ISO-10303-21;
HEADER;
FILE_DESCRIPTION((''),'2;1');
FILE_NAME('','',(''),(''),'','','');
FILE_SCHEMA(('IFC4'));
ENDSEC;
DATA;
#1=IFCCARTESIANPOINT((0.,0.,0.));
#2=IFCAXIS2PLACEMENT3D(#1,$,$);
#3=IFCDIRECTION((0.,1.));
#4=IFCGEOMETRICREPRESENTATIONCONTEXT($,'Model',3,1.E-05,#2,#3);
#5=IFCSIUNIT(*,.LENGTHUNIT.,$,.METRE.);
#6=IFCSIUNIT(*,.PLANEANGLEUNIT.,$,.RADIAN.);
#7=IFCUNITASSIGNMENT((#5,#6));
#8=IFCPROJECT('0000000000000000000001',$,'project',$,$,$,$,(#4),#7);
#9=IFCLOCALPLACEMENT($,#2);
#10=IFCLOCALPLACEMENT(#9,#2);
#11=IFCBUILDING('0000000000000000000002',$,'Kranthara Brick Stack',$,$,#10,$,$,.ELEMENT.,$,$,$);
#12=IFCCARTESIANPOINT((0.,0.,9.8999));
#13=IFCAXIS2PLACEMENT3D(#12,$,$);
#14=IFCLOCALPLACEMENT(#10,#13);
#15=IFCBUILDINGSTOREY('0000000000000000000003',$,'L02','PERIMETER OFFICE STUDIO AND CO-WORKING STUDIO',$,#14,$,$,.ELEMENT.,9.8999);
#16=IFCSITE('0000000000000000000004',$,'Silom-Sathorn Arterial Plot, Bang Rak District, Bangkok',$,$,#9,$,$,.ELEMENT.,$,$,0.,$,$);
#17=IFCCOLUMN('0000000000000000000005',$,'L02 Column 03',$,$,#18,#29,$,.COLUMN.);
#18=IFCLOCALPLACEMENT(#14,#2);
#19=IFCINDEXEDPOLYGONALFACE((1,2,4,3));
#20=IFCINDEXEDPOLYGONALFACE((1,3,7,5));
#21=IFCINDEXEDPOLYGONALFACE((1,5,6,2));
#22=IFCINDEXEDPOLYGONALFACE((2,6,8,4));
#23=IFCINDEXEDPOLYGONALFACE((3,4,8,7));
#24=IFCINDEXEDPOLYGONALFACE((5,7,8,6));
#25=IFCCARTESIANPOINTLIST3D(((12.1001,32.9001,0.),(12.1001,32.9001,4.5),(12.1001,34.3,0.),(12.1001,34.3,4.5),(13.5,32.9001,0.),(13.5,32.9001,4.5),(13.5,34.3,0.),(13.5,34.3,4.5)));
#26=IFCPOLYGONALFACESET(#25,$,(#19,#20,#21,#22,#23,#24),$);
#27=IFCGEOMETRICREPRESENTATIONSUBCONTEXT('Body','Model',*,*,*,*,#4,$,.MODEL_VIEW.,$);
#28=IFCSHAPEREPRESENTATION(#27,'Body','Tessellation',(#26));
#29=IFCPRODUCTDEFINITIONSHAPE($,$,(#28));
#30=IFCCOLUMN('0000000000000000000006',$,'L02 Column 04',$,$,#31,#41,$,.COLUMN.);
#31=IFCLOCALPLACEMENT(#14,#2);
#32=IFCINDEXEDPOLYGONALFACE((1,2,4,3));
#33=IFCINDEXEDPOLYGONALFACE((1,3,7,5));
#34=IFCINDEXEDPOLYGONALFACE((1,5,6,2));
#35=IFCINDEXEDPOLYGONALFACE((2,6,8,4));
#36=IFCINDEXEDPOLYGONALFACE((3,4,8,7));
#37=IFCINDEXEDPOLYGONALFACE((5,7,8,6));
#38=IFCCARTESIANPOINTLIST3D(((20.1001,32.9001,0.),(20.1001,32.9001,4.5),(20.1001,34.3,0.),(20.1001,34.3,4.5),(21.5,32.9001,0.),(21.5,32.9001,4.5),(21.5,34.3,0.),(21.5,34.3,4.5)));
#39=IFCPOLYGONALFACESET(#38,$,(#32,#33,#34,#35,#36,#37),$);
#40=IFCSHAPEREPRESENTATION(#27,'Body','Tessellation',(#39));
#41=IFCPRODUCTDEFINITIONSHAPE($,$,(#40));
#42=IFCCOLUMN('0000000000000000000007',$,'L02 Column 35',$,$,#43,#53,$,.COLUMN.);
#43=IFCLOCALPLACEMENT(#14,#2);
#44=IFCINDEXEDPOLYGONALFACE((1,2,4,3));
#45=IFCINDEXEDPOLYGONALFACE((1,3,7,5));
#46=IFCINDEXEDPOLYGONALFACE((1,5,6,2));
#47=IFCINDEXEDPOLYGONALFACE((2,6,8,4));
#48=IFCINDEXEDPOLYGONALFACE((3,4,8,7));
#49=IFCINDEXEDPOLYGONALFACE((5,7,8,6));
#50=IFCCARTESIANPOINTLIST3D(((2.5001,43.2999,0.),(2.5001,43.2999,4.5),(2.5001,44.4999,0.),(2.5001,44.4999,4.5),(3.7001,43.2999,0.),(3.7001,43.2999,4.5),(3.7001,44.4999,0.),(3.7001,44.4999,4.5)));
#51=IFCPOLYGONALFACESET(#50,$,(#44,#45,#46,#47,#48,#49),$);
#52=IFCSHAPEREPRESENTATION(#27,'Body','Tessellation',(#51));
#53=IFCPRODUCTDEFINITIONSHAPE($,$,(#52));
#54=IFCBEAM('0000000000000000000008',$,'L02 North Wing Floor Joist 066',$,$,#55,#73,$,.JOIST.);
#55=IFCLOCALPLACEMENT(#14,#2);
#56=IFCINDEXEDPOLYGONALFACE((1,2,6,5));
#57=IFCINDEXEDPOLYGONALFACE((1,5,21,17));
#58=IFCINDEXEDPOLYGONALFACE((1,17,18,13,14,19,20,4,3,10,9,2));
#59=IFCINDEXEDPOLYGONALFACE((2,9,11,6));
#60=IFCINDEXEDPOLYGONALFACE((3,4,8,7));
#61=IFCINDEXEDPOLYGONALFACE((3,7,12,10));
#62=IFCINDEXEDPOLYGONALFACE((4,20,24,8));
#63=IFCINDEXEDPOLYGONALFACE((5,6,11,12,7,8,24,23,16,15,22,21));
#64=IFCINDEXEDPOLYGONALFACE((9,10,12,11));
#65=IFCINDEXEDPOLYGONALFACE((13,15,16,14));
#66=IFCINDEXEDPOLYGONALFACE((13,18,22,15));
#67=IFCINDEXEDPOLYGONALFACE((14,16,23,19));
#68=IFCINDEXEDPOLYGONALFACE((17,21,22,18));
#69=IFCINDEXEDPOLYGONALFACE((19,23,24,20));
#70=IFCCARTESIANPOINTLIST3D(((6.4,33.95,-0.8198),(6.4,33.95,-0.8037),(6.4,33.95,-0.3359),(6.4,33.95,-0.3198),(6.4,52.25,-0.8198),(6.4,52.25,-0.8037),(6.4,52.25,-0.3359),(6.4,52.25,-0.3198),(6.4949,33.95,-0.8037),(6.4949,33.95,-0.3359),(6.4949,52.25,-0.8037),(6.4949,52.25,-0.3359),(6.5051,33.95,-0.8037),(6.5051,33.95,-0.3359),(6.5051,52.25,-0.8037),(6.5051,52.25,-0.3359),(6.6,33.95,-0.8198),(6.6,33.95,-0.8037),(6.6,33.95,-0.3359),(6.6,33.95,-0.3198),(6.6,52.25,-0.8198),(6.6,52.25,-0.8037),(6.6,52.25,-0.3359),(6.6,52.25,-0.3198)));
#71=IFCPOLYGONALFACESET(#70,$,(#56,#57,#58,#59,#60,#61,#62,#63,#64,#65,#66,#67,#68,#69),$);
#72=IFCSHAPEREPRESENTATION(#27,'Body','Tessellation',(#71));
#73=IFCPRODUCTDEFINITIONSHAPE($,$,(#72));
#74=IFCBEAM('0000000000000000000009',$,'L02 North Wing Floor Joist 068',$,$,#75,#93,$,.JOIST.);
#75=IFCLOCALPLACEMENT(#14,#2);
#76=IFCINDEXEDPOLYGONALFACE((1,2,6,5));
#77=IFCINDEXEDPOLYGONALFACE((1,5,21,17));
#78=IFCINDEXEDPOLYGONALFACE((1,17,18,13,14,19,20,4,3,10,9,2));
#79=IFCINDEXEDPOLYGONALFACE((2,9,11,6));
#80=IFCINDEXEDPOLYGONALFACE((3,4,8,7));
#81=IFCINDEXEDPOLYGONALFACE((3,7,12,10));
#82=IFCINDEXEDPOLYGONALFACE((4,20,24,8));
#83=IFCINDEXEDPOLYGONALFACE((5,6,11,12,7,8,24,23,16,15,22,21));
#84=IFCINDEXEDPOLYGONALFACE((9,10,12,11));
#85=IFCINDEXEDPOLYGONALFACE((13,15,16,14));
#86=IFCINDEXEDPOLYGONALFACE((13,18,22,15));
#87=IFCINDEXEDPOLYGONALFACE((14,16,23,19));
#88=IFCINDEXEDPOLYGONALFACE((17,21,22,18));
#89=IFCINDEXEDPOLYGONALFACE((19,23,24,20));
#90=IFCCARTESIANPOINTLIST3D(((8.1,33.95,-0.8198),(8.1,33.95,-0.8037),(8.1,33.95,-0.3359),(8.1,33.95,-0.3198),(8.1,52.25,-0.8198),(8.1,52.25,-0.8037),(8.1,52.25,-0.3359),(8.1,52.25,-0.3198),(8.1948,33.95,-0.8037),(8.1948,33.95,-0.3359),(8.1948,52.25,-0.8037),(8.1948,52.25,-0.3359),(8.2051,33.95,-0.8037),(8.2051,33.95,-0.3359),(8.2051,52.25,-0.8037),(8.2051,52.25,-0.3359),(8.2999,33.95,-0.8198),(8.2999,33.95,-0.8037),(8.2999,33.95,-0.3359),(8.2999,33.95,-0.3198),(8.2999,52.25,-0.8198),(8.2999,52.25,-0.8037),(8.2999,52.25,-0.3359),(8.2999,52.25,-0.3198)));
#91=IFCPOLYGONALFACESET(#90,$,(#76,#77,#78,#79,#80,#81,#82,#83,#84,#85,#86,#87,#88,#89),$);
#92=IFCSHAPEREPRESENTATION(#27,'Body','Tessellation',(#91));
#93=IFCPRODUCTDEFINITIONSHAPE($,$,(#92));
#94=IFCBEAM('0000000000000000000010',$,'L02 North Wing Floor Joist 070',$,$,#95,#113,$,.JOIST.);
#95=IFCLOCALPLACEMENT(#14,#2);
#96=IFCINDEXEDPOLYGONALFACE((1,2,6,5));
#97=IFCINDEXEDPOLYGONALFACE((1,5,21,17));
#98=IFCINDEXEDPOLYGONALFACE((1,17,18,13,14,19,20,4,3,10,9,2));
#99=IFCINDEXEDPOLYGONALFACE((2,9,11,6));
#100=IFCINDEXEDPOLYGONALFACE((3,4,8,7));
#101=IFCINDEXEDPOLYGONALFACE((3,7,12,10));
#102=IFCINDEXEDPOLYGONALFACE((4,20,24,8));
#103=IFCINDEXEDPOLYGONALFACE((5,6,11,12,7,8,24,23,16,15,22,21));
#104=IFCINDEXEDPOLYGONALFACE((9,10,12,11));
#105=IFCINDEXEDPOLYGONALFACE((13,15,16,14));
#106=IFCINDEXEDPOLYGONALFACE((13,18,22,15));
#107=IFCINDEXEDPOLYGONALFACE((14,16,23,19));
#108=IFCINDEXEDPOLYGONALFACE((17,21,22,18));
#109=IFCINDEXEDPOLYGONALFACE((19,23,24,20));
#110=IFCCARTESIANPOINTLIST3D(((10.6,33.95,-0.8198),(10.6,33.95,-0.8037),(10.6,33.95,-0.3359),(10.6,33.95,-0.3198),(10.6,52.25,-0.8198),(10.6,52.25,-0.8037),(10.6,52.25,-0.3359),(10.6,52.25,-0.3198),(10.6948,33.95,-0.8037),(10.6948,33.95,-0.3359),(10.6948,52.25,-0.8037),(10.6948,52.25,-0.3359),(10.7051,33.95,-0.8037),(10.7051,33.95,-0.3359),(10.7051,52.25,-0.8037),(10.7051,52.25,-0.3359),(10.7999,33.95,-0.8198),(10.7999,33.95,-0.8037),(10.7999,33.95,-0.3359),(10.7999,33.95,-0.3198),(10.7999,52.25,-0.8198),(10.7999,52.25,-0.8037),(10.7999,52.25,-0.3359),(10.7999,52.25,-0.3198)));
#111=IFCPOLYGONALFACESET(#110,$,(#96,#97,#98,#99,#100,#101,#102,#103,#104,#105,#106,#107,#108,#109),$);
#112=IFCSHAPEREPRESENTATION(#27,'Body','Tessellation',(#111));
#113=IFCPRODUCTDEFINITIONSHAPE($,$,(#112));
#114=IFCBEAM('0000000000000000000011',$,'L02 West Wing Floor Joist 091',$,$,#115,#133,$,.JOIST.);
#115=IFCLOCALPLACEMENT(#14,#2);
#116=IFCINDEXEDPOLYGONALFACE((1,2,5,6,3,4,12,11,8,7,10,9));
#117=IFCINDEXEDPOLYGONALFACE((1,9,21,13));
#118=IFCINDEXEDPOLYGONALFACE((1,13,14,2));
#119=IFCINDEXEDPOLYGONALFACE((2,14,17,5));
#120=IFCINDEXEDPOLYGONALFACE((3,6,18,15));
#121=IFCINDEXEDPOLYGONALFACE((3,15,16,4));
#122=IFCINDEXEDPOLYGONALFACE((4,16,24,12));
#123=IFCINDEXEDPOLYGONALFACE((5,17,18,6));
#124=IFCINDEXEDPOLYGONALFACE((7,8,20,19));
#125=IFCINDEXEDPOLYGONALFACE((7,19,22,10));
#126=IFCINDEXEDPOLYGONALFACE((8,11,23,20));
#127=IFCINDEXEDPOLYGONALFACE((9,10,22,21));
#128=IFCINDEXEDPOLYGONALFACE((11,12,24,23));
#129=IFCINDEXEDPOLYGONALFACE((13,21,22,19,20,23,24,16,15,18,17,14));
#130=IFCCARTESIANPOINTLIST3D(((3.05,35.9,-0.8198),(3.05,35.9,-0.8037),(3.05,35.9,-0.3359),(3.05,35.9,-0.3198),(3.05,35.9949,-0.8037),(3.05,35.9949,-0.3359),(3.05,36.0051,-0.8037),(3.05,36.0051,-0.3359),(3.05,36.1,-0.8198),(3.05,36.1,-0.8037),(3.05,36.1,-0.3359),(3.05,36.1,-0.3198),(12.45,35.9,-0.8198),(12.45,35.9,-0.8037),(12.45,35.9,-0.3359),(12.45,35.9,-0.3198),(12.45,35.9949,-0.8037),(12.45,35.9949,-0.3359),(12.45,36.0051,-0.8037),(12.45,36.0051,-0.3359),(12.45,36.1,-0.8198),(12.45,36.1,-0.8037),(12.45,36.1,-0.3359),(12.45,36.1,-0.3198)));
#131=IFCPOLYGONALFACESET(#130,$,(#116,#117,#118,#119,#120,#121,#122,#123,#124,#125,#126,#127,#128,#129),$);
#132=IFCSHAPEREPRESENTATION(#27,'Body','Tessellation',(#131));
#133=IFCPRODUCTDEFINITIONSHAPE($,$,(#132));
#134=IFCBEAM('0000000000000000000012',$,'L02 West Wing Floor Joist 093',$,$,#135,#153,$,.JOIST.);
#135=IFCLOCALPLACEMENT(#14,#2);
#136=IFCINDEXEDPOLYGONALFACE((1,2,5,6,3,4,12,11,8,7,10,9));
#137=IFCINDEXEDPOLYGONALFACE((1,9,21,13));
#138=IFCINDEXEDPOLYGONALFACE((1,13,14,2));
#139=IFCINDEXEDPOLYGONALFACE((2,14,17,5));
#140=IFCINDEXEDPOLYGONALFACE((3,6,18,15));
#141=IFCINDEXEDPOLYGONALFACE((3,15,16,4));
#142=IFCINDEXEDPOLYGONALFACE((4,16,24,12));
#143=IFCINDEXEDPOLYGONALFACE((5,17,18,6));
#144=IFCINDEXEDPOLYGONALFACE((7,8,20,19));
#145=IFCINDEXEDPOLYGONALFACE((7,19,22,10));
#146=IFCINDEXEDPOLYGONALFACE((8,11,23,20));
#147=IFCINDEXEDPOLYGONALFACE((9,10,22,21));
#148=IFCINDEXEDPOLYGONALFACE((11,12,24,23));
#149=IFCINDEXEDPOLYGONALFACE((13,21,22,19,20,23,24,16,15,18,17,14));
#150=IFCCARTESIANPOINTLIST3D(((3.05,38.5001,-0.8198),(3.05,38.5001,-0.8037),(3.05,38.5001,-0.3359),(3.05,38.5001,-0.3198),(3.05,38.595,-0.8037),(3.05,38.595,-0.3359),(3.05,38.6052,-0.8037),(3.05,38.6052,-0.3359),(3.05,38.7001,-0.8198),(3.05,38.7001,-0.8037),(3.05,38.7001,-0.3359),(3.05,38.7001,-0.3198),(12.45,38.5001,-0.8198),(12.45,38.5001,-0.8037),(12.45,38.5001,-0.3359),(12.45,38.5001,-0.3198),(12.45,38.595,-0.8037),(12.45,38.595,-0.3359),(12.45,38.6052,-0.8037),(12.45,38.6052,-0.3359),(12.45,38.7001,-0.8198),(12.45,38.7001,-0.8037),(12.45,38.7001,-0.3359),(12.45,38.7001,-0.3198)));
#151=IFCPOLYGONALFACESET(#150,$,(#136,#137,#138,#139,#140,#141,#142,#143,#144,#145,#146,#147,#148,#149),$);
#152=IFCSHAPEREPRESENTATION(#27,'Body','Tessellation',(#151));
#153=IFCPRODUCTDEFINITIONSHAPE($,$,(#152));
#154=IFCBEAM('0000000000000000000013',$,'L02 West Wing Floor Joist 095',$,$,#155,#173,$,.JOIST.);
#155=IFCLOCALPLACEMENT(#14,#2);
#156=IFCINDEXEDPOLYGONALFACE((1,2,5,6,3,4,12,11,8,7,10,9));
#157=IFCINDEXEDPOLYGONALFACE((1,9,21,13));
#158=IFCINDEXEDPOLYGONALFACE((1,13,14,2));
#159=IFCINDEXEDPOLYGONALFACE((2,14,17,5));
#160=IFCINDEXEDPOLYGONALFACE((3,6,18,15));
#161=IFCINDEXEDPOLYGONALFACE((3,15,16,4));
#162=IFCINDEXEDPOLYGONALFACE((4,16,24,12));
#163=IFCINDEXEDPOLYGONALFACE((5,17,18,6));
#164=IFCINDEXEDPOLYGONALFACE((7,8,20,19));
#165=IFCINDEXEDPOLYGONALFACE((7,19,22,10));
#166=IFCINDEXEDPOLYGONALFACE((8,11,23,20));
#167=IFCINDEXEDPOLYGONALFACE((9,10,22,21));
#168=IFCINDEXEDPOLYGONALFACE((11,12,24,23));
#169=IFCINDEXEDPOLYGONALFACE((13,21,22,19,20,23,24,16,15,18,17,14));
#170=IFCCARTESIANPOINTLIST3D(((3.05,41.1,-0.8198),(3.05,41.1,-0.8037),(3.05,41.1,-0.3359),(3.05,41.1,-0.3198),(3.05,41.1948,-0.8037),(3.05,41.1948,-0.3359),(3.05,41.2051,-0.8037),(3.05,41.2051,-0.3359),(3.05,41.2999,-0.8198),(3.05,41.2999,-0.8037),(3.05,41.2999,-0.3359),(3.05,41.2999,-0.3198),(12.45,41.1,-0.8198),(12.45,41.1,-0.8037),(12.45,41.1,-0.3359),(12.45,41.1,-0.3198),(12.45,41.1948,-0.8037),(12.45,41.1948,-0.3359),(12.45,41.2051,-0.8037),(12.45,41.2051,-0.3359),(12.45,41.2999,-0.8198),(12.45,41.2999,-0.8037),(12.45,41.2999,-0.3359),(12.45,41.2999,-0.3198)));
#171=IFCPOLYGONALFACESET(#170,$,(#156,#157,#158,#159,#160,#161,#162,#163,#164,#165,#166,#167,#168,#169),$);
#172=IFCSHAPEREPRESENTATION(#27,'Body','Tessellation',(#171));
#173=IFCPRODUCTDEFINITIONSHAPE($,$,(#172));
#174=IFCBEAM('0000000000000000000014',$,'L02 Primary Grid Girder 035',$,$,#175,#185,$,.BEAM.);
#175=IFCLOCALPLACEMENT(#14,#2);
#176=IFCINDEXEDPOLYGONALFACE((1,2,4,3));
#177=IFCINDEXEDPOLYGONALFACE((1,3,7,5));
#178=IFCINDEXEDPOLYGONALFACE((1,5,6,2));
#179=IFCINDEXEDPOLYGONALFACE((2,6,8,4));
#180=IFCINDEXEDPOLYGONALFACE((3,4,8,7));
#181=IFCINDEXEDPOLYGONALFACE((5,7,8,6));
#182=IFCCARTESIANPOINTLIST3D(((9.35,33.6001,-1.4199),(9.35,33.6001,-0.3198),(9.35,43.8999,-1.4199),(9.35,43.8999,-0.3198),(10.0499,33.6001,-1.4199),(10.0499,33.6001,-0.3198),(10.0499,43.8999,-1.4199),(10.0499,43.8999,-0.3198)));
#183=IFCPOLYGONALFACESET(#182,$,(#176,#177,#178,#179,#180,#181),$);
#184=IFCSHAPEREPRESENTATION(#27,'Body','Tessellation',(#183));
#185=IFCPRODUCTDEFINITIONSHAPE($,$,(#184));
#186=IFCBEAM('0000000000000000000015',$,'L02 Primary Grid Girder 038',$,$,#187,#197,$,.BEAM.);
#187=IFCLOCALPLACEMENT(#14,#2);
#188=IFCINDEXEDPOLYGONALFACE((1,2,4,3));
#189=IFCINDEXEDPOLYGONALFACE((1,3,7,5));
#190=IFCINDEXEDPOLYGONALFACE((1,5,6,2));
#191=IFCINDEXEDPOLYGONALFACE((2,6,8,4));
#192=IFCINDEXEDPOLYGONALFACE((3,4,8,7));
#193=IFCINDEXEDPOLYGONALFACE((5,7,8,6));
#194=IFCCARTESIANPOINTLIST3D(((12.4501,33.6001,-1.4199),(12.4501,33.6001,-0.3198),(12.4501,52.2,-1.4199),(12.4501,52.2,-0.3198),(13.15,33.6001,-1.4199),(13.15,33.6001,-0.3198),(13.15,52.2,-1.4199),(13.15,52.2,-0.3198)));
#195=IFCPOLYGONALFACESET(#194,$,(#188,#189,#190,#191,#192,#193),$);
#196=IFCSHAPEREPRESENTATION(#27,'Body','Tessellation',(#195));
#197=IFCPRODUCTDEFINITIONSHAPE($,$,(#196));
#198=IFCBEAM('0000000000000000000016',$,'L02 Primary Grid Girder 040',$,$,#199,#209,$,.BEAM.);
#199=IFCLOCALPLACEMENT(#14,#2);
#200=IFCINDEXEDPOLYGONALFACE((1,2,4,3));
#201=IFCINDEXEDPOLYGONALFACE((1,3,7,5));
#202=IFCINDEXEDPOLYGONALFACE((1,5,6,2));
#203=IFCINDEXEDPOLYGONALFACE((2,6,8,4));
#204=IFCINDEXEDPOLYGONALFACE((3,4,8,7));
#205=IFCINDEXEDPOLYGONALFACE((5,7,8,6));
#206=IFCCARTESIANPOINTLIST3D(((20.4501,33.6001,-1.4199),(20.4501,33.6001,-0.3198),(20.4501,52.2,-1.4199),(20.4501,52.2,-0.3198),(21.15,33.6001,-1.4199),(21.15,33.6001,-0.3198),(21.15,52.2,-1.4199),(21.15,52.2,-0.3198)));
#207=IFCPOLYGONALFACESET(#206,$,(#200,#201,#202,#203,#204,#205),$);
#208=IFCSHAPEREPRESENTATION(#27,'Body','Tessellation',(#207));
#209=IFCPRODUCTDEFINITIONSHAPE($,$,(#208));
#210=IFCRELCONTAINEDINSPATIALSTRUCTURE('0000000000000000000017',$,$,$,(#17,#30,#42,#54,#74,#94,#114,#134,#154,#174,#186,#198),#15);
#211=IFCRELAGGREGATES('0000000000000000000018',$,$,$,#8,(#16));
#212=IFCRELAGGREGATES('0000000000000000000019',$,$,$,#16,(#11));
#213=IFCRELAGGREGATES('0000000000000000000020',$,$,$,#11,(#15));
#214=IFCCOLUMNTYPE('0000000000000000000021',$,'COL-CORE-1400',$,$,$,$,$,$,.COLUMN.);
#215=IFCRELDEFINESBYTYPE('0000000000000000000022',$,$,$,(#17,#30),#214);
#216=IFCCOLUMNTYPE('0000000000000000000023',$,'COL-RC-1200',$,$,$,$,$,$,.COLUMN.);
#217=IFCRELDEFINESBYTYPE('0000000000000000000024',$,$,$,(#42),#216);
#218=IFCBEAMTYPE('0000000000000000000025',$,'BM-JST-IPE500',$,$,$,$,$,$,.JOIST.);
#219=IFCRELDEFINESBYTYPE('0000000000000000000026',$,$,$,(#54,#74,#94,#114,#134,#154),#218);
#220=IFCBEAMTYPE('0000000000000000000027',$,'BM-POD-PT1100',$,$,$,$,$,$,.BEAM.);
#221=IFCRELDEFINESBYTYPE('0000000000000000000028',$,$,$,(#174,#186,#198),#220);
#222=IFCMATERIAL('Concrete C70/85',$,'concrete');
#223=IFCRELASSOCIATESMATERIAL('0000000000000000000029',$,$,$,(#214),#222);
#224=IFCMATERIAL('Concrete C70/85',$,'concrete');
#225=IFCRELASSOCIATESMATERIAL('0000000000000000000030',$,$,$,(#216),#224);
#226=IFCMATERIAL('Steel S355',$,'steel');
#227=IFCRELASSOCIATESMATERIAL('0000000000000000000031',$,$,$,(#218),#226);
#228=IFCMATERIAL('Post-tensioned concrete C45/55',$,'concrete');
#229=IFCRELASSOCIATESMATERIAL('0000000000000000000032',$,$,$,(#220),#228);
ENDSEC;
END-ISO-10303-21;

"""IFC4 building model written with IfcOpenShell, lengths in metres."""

from ifc_helpers import new_model, si_unit, direction, frame, origin, origin_2d, place, context, subcontext, project, spatial, rectangle, i_section, extrude, material, material_profile, profile_set, type_object, element, save


model = new_model("IFC4")

# Units and contexts
model_context = context("Model", 3, precision=1e-05, world=origin(), true_north=direction((0.0, 1.0)))
body_context = subcontext(model_context, "Body", "Model", "MODEL_VIEW")
ifc_project = project(units=[si_unit("LENGTHUNIT", "METRE"), si_unit("PLANEANGLEUNIT", "RADIAN")], contexts=[model_context])

# Site, building, storey
site_placement = place(None, origin())
site = spatial("IfcSite", under=ifc_project, at=site_placement, Name="Silom-Sathorn Arterial Plot, Bang Rak District, Bangkok", CompositionType="ELEMENT", RefElevation=0.0)
building_placement = place(site_placement, origin())
building = spatial("IfcBuilding", under=site, at=building_placement, Name="Kranthara Brick Stack", CompositionType="ELEMENT")
storey_placement = place(building_placement, frame((0.0, 0.0, 9.8999)))
storey = spatial("IfcBuildingStorey", under=building, at=storey_placement, Name="L02", Description="PERIMETER OFFICE STUDIO AND CO-WORKING STUDIO", CompositionType="ELEMENT", Elevation=9.8999)

# Columns
ifc_material_1 = material(Name="Concrete C70/85", Category="concrete")
ifc_material_profile_1 = material_profile(ifc_material_1, rectangle(XDim=1.3999, YDim=1.3999, at=origin_2d()), Name="RC 1400x1400")
ifc_profile_set_1 = profile_set([ifc_material_profile_1], Name="Concrete C70/85")
column_type_1 = type_object("IfcColumnType", Name="COL-CORE-1400", PredefinedType="COLUMN", material=ifc_profile_set_1)
for number, where, z_axis, x_axis, name in (
    (1, (12.8, 33.6001, 0.0), (0.0, 0.0, 1.0), (1.0, 0.0, 0.0), "L02 Column 03"),
    (2, (20.8, 33.6001, 0.0), (0.0, 0.0, 1.0), (1.0, 0.0, 0.0), "L02 Column 04"),
):
    element("IfcColumn", number, at=place(storey_placement, frame(where, z_axis=z_axis, x_axis=x_axis)), inside=storey, type_object=column_type_1, Name=name, PredefinedType="COLUMN", context=body_context, shape_type="SweptSolid", body=[
        extrude(rectangle(XDim=1.3999, YDim=1.3999, at=origin_2d()), origin(), (0.0, 0.0, 1.0), 4.5),
    ])
ifc_material_2 = material(Name="Concrete C70/85", Category="concrete")
ifc_material_profile_2 = material_profile(ifc_material_2, rectangle(XDim=1.2, YDim=1.2, at=origin_2d()), Name="RC 1200x1200")
ifc_profile_set_2 = profile_set([ifc_material_profile_2], Name="Concrete C70/85")
column_type_2 = type_object("IfcColumnType", Name="COL-RC-1200", PredefinedType="COLUMN", material=ifc_profile_set_2)
column_placement = place(storey_placement, frame((3.1001, 43.8999, 0.0), z_axis=(0.0, 0.0, 1.0), x_axis=(1.0, 0.0, 0.0)))
element("IfcColumn", 3, at=column_placement, inside=storey, type_object=column_type_2, Name="L02 Column 35", PredefinedType="COLUMN", context=body_context, shape_type="SweptSolid", body=[
    extrude(rectangle(XDim=1.2, YDim=1.2, at=origin_2d()), origin(), (0.0, 0.0, 1.0), 4.5),
])

# Beams
ifc_material_3 = material(Name="Steel S355", Category="steel")
ifc_material_profile_3 = material_profile(ifc_material_3, i_section(OverallWidth=0.2, OverallDepth=0.5, WebThickness=0.0103, FlangeThickness=0.0161, at=origin_2d()), Name="IPE 500")
ifc_profile_set_3 = profile_set([ifc_material_profile_3], Name="Steel S355")
beam_type_1 = type_object("IfcBeamType", Name="BM-JST-IPE500", PredefinedType="JOIST", material=ifc_profile_set_3)
for number, where, z_axis, x_axis, name in (
    (4, (6.5, 33.95, -0.5698), (0.0, 1.0, 0.0), (-1.0, 0.0, 0.0), "L02 North Wing Floor Joist 066"),
    (5, (8.2, 33.95, -0.5698), (0.0, 1.0, 0.0), (-1.0, 0.0, 0.0), "L02 North Wing Floor Joist 068"),
    (6, (10.7, 33.95, -0.5698), (0.0, 1.0, 0.0), (-1.0, 0.0, 0.0), "L02 North Wing Floor Joist 070"),
):
    element("IfcBeam", number, at=place(storey_placement, frame(where, z_axis=z_axis, x_axis=x_axis)), inside=storey, type_object=beam_type_1, Name=name, PredefinedType="JOIST", context=body_context, shape_type="SweptSolid", body=[
        extrude(i_section(OverallWidth=0.2, OverallDepth=0.5, WebThickness=0.0103, FlangeThickness=0.0161, at=origin_2d()), origin(), (0.0, 0.0, 1.0), 18.3),
    ])
for number, where, z_axis, x_axis, name in (
    (7, (3.05, 36.0, -0.5698), (1.0, 0.0, 0.0), (0.0, 1.0, 0.0), "L02 West Wing Floor Joist 091"),
    (8, (3.05, 38.6001, -0.5698), (1.0, 0.0, 0.0), (0.0, 1.0, 0.0), "L02 West Wing Floor Joist 093"),
    (9, (3.05, 41.2, -0.5698), (1.0, 0.0, 0.0), (0.0, 1.0, 0.0), "L02 West Wing Floor Joist 095"),
):
    element("IfcBeam", number, at=place(storey_placement, frame(where, z_axis=z_axis, x_axis=x_axis)), inside=storey, type_object=beam_type_1, Name=name, PredefinedType="JOIST", context=body_context, shape_type="SweptSolid", body=[
        extrude(i_section(OverallWidth=0.2, OverallDepth=0.5, WebThickness=0.0103, FlangeThickness=0.0161, at=origin_2d()), origin(), (0.0, 0.0, 1.0), 9.3999),
    ])
ifc_material_4 = material(Name="Post-tensioned concrete C45/55", Category="concrete")
ifc_material_profile_4 = material_profile(ifc_material_4, rectangle(XDim=0.7, YDim=1.1001, at=origin_2d()), Name="PT 700x1100")
ifc_profile_set_4 = profile_set([ifc_material_profile_4], Name="Post-tensioned concrete C45/55")
beam_type_2 = type_object("IfcBeamType", Name="BM-POD-PT1100", PredefinedType="BEAM", material=ifc_profile_set_4)
beam_1_placement = place(storey_placement, frame((9.7, 33.6001, -0.8699), z_axis=(0.0, 1.0, 0.0), x_axis=(-1.0, 0.0, 0.0)))
element("IfcBeam", 10, at=beam_1_placement, inside=storey, type_object=beam_type_2, Name="L02 Primary Grid Girder 035", PredefinedType="BEAM", context=body_context, shape_type="SweptSolid", body=[
    extrude(rectangle(XDim=0.7, YDim=1.1001, at=origin_2d()), origin(), (0.0, 0.0, 1.0), 10.2998),
])
for number, where, z_axis, x_axis, name in (
    (11, (12.8, 33.6001, -0.8699), (0.0, 1.0, 0.0), (-1.0, 0.0, 0.0), "L02 Primary Grid Girder 038"),
    (12, (20.8, 33.6001, -0.8699), (0.0, 1.0, 0.0), (-1.0, 0.0, 0.0), "L02 Primary Grid Girder 040"),
):
    element("IfcBeam", number, at=place(storey_placement, frame(where, z_axis=z_axis, x_axis=x_axis)), inside=storey, type_object=beam_type_2, Name=name, PredefinedType="BEAM", context=body_context, shape_type="SweptSolid", body=[
        extrude(rectangle(XDim=0.7, YDim=1.1001, at=origin_2d()), origin(), (0.0, 0.0, 1.0), 18.5999),
    ])

save(model, "model.ifc")
